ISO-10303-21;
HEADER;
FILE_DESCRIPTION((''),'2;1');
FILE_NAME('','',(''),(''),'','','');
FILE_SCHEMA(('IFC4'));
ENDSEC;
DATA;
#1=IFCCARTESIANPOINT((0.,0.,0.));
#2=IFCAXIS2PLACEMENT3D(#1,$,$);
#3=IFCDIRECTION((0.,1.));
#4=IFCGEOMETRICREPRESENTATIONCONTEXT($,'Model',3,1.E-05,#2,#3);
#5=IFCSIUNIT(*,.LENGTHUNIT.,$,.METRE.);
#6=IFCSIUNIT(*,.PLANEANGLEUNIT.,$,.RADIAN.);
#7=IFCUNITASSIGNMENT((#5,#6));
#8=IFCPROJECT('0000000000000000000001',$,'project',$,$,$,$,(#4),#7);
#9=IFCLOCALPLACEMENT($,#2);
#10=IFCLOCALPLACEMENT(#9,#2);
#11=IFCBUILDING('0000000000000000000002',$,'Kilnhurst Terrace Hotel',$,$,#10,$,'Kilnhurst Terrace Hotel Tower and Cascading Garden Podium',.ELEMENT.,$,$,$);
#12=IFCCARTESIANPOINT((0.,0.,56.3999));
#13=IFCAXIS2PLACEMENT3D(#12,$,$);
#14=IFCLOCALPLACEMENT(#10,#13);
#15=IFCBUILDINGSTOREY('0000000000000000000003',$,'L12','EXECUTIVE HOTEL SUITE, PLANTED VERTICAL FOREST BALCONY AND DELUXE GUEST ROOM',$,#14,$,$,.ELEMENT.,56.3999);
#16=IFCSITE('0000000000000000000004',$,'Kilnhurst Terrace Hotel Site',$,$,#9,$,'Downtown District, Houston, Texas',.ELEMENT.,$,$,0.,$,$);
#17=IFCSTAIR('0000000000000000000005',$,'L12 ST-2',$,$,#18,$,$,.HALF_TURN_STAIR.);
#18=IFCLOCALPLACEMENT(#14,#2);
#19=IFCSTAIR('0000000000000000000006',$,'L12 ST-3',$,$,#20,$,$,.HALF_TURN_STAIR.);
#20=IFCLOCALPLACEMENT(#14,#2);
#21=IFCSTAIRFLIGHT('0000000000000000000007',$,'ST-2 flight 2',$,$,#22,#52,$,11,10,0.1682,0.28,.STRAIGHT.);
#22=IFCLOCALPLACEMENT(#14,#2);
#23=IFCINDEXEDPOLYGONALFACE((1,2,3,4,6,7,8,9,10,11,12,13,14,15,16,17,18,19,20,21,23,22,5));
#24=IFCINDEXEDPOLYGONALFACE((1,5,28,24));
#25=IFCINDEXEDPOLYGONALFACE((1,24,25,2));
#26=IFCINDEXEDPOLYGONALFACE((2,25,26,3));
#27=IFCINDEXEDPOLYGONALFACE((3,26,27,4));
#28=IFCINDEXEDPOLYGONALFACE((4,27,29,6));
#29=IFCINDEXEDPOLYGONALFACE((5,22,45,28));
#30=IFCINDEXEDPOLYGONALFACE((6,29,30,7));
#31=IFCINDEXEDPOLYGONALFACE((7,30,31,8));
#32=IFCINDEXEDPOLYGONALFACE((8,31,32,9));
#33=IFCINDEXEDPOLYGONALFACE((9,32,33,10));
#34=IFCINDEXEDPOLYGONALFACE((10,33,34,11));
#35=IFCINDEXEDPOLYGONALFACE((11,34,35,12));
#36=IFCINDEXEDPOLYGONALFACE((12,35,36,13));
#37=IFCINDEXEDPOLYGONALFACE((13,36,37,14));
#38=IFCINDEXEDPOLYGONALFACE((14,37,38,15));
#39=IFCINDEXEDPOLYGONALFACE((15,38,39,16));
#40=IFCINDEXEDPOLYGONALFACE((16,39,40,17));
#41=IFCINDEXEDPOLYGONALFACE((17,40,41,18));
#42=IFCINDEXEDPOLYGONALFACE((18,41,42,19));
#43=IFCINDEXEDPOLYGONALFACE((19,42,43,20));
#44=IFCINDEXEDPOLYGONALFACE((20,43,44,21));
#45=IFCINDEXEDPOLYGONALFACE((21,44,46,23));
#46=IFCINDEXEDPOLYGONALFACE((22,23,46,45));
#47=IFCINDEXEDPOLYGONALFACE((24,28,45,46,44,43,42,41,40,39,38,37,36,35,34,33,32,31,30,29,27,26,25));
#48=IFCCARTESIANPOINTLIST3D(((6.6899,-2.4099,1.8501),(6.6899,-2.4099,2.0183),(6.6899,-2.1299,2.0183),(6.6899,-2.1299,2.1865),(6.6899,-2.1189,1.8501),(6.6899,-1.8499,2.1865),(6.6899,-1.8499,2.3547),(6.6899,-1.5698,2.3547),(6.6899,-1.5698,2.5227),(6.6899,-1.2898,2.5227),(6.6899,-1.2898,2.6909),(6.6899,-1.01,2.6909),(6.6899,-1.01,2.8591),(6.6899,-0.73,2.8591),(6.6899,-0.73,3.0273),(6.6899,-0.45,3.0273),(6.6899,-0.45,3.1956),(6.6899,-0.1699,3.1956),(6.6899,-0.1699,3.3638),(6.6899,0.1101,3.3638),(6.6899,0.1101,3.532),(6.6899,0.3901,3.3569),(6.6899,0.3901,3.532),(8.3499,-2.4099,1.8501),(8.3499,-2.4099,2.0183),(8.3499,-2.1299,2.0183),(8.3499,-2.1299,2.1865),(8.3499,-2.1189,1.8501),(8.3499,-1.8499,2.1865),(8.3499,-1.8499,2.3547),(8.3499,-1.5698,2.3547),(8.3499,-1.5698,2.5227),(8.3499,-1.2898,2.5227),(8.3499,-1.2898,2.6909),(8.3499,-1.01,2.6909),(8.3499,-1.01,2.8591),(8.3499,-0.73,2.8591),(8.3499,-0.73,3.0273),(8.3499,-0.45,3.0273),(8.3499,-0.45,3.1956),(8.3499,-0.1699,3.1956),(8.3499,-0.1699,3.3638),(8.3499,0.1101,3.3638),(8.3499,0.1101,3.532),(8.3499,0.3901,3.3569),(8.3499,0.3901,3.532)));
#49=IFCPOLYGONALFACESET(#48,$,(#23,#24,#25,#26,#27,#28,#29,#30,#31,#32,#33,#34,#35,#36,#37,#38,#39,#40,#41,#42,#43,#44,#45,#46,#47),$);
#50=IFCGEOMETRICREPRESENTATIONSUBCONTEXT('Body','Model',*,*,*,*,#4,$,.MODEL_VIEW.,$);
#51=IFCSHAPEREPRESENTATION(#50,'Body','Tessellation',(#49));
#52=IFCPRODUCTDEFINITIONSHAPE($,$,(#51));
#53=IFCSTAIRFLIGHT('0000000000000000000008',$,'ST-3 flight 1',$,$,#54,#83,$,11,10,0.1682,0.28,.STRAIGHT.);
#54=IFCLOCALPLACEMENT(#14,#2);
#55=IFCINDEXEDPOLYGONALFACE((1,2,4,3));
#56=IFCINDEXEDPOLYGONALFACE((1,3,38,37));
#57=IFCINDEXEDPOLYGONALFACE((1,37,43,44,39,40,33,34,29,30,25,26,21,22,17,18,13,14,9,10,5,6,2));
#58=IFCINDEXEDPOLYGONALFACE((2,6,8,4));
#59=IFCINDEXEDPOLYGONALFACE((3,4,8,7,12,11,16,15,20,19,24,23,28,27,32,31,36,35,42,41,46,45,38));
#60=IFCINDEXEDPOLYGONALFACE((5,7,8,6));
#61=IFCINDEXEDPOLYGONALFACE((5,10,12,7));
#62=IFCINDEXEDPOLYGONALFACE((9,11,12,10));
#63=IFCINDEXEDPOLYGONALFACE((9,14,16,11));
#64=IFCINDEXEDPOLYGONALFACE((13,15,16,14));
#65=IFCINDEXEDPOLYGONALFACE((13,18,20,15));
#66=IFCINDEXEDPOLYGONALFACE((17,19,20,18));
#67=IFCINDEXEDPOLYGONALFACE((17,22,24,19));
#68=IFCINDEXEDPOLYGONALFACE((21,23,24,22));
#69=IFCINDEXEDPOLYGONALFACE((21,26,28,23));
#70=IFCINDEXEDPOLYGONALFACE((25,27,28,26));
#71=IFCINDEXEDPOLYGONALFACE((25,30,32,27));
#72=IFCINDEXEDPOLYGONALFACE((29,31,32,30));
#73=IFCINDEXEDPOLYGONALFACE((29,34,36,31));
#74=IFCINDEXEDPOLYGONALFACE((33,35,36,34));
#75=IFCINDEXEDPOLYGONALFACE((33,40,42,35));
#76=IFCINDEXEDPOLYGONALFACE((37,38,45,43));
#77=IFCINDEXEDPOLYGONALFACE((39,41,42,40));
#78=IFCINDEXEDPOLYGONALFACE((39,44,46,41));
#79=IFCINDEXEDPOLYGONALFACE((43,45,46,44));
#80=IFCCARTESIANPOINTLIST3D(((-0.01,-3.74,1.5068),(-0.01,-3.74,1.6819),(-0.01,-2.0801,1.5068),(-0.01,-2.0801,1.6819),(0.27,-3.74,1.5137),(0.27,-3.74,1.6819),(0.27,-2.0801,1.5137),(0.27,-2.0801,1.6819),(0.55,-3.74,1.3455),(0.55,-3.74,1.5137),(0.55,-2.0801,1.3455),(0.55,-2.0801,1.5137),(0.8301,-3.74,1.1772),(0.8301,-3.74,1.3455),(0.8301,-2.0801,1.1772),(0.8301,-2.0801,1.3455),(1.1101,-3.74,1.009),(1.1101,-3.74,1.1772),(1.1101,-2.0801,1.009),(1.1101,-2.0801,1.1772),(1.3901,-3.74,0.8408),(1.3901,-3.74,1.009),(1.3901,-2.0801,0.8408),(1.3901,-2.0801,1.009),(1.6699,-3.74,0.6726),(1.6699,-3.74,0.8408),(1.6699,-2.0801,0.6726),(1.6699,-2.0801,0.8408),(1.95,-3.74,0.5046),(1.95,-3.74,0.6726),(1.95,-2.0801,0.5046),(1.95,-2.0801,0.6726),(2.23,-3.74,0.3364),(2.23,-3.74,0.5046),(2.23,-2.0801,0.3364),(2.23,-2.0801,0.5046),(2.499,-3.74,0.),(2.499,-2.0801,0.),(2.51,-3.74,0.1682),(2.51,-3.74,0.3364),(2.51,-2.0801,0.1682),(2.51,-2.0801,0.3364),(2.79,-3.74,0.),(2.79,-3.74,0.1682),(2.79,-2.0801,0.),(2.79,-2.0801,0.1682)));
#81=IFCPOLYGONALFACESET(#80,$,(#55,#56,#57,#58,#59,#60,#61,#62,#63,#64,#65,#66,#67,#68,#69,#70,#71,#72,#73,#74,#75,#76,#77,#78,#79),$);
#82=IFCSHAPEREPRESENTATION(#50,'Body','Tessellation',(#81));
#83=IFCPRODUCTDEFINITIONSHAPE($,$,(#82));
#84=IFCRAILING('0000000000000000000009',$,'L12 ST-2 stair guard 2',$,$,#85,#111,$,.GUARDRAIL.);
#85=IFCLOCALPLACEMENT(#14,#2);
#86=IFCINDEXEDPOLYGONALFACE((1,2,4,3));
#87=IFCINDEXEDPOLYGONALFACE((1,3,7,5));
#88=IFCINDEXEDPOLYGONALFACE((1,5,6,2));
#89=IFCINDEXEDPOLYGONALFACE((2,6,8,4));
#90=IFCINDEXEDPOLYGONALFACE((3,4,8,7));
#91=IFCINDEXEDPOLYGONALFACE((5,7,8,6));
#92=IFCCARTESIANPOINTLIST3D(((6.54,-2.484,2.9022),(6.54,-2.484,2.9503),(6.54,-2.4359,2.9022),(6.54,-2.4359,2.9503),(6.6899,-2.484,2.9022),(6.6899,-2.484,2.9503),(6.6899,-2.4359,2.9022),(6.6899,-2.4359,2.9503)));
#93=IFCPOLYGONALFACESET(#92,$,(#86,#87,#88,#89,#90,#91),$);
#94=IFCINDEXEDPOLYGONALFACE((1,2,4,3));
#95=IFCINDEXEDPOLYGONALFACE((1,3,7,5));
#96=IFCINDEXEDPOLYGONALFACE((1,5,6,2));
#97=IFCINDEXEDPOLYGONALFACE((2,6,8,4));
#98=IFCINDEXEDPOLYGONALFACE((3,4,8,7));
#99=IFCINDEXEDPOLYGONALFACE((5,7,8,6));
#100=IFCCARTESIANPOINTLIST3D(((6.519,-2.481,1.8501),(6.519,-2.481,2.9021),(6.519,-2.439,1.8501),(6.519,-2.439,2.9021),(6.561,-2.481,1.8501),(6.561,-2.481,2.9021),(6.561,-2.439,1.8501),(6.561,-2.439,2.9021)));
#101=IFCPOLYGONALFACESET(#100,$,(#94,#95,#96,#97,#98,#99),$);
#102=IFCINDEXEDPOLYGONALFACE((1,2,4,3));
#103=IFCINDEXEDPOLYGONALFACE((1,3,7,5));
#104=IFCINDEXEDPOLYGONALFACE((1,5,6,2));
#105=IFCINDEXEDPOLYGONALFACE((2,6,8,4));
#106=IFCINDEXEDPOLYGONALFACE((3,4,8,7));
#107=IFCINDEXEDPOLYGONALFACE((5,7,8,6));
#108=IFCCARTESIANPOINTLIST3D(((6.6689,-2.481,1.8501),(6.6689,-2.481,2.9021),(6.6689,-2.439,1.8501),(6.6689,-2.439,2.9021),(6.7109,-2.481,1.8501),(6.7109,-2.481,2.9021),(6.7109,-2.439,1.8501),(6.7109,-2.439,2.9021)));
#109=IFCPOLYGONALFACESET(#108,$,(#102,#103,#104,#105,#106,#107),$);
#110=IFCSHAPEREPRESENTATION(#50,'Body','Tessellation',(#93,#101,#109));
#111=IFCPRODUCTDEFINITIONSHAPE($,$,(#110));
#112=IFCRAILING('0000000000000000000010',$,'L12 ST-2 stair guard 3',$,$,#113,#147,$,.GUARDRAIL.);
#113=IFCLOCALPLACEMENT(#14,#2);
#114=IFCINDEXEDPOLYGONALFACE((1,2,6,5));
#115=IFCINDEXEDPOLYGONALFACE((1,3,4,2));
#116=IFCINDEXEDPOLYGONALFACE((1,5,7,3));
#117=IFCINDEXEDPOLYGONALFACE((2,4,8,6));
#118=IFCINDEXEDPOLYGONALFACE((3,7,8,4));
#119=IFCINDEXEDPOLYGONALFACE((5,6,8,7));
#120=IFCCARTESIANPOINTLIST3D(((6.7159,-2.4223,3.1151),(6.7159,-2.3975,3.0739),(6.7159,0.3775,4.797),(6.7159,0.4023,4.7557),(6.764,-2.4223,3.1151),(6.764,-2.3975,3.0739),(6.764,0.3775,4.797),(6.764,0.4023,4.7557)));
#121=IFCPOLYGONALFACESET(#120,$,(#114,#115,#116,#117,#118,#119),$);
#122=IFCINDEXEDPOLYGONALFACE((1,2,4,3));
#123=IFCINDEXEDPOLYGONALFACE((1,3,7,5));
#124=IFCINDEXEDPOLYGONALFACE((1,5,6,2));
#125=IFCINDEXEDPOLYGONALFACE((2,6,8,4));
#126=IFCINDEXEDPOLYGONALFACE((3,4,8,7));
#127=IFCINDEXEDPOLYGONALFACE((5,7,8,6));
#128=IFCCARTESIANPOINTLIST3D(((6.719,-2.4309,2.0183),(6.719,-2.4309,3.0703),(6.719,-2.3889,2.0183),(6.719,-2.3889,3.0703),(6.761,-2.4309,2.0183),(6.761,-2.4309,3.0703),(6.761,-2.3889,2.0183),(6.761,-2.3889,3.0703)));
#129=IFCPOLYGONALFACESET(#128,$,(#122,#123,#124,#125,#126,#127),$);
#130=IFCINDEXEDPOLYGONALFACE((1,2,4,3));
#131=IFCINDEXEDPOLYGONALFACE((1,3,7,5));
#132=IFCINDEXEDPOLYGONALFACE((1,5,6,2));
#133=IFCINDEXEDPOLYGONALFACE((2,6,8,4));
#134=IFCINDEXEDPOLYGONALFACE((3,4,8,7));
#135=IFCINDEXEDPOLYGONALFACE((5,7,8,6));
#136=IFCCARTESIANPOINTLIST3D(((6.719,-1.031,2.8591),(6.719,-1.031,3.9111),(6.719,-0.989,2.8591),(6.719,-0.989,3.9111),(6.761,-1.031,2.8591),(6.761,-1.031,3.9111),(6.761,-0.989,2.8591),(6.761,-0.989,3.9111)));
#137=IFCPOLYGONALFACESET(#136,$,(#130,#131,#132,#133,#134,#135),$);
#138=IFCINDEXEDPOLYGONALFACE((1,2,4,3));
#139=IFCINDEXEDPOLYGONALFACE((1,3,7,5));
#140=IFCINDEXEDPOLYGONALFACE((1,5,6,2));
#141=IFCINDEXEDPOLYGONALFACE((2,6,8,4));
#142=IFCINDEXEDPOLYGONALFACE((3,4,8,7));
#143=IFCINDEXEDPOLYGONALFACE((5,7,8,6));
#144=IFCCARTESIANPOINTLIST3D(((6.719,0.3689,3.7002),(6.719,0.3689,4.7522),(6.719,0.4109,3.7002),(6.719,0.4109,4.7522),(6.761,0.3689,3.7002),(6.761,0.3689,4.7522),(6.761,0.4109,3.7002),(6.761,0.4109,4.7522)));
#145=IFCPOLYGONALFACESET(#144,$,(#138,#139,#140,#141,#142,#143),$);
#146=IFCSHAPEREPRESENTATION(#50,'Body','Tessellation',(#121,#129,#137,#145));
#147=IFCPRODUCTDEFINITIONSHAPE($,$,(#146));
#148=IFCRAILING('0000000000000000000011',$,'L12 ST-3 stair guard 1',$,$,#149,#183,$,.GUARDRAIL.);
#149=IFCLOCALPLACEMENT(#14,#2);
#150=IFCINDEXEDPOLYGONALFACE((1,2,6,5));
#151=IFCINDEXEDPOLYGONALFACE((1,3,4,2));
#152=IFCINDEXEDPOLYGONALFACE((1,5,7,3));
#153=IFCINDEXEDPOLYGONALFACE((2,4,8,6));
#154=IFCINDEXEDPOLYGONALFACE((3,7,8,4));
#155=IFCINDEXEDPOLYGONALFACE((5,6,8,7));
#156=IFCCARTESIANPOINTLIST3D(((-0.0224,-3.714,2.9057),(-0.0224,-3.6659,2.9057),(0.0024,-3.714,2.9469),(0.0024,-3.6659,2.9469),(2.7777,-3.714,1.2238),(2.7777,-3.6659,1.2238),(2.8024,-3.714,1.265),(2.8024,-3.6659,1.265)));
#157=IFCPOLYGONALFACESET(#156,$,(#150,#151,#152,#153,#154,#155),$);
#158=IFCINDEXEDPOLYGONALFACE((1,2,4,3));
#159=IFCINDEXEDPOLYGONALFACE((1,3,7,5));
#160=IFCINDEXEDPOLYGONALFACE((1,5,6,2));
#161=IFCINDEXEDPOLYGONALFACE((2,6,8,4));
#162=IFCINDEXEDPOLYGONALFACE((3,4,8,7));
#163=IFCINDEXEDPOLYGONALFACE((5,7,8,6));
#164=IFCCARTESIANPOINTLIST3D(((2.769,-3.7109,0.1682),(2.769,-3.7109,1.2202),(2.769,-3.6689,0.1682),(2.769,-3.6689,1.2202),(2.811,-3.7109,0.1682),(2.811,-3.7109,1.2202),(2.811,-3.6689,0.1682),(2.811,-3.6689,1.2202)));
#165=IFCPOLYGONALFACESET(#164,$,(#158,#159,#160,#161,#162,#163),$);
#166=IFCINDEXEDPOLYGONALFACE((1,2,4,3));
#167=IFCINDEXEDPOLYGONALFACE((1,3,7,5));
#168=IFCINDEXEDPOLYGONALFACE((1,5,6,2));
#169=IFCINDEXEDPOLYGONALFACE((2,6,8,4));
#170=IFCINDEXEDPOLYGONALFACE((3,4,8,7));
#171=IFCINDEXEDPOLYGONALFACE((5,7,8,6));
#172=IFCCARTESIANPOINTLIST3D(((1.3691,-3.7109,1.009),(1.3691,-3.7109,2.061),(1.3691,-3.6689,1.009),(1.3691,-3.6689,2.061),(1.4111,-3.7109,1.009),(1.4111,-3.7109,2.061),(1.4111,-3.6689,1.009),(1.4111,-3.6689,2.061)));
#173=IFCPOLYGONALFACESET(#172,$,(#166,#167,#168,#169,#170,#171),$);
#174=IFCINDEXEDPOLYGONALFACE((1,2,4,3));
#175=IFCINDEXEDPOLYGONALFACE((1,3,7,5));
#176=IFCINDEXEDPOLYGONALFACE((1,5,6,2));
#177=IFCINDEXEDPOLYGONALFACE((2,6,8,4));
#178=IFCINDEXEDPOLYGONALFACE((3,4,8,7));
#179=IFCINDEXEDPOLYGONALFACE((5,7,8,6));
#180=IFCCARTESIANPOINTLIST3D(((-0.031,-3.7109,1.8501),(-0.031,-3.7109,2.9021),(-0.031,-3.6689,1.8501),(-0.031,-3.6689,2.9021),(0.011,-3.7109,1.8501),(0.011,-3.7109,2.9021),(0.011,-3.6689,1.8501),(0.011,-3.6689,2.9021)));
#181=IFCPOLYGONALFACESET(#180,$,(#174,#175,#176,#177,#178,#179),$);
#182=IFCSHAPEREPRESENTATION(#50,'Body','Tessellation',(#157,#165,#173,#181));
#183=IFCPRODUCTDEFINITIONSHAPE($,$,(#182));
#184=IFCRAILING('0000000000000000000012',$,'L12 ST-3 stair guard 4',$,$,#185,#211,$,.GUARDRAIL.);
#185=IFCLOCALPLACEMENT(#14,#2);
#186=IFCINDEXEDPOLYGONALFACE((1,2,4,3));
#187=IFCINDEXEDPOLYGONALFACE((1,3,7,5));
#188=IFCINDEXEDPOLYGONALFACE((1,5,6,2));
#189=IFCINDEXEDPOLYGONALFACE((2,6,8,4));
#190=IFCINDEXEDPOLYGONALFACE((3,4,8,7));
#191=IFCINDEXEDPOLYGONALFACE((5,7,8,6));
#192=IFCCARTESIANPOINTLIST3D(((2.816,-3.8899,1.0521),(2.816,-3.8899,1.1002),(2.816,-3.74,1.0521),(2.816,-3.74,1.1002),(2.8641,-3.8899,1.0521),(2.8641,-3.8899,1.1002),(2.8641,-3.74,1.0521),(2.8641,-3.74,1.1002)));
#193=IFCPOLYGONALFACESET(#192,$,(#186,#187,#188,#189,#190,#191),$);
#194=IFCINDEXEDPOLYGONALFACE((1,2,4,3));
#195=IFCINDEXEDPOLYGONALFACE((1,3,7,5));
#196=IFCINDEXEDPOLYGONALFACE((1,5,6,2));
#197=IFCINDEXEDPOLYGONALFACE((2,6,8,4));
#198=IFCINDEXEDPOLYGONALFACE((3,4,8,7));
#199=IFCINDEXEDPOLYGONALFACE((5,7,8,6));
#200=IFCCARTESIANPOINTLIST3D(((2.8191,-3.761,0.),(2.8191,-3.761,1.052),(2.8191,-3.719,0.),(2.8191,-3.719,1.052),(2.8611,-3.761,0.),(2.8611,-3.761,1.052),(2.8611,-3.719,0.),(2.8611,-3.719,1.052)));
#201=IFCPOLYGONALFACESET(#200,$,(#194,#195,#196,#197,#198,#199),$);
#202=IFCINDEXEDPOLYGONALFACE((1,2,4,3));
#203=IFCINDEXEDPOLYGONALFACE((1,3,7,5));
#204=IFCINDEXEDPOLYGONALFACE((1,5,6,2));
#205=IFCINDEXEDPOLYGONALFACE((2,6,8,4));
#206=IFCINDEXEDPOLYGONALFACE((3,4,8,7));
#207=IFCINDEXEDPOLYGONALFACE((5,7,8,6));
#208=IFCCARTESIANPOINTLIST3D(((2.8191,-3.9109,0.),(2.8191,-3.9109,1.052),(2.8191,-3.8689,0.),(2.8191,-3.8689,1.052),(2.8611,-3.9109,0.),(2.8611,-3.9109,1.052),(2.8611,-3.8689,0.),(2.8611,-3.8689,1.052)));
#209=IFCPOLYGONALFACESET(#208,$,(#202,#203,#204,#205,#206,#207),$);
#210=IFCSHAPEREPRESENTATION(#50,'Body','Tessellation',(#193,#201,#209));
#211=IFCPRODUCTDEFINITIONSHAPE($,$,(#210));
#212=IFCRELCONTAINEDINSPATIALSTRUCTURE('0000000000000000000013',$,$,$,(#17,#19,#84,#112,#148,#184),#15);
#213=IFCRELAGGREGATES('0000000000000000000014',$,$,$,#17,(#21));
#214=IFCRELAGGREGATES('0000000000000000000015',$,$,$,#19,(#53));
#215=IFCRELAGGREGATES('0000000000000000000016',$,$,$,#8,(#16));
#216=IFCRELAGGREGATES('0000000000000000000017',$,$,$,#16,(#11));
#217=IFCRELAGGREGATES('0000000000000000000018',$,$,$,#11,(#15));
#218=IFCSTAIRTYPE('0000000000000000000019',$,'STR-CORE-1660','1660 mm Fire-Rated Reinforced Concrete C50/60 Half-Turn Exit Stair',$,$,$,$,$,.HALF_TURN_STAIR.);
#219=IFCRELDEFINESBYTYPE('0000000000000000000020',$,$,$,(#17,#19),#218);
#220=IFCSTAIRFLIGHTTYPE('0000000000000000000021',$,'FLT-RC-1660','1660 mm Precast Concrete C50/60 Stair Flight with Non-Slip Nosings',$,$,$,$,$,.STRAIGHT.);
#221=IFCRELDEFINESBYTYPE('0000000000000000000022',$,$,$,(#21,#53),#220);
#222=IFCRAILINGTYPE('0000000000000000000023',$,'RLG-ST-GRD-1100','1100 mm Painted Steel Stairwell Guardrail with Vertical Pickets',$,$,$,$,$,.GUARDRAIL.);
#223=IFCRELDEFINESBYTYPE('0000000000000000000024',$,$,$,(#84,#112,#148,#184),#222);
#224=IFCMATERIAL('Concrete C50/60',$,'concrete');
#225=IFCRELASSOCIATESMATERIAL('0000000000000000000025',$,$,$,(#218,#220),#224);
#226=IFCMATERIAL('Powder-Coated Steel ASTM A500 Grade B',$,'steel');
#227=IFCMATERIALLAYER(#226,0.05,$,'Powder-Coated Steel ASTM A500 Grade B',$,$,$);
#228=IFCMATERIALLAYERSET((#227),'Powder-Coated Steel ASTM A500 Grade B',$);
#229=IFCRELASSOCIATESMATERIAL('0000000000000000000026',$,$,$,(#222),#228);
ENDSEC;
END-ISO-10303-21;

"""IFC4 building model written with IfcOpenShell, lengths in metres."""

from ifc_helpers import new_model, si_unit, direction, frame, origin, origin_2d, place, context, subcontext, project, spatial, polyline, rectangle, outline, extrude, material, layer, layer_set, type_object, element, aggregate, save


model = new_model("IFC4")

# Units and contexts
model_context = context("Model", 3, precision=1e-05, world=origin(), true_north=direction((0.0, 1.0)))
body_context = subcontext(model_context, "Body", "Model", "MODEL_VIEW")
ifc_project = project(units=[si_unit("LENGTHUNIT", "METRE"), si_unit("PLANEANGLEUNIT", "RADIAN")], contexts=[model_context])

# Site, building, storey
site_placement = place(None, origin())
site = spatial("IfcSite", under=ifc_project, at=site_placement, Name="Kilnhurst Terrace Hotel Site", LongName="Downtown District, Houston, Texas", CompositionType="ELEMENT", RefElevation=0.0)
building_placement = place(site_placement, origin())
building = spatial("IfcBuilding", under=site, at=building_placement, Name="Kilnhurst Terrace Hotel", LongName="Kilnhurst Terrace Hotel Tower and Cascading Garden Podium", CompositionType="ELEMENT")
storey_placement = place(building_placement, frame((0.0, 0.0, 56.3999)))
storey = spatial("IfcBuildingStorey", under=building, at=storey_placement, Name="L12", Description="EXECUTIVE HOTEL SUITE, PLANTED VERTICAL FOREST BALCONY AND DELUXE GUEST ROOM", CompositionType="ELEMENT", Elevation=56.3999)

# Shared definitions
ifc_material_1 = material(Name="Concrete C50/60", Category="concrete")

# Stairs
stair_type = type_object("IfcStairType", Name="STR-CORE-1660", Description="1660 mm Fire-Rated Reinforced Concrete C50/60 Half-Turn Exit Stair", PredefinedType="HALF_TURN_STAIR", material=ifc_material_1)
stair_1_placement = place(storey_placement, origin())
stair_1 = element("IfcStair", 1, at=stair_1_placement, inside=storey, type_object=stair_type, Name="L12 ST-2", PredefinedType="HALF_TURN_STAIR")
stair_2_placement = place(storey_placement, origin())
stair_2 = element("IfcStair", 2, at=stair_2_placement, inside=storey, type_object=stair_type, Name="L12 ST-3", PredefinedType="HALF_TURN_STAIR")

# Stair flights
stair_flight_type = type_object("IfcStairFlightType", Name="FLT-RC-1660", Description="1660 mm Precast Concrete C50/60 Stair Flight with Non-Slip Nosings", PredefinedType="STRAIGHT", material=ifc_material_1)
stair_flight_1_placement = place(storey_placement, frame((7.52, -2.4099, 1.8501), z_axis=(0.0, 0.0, 1.0), x_axis=(0.0, 1.0, 0.0)))
stair_flight_1 = element("IfcStairFlight", 3, at=stair_flight_1_placement, type_object=stair_flight_type, Name="ST-2 flight 2", NumberOfRisers=11, NumberOfTreads=10, PredefinedType="STRAIGHT", RiserHeight=0.1682, TreadLength=0.28, context=body_context, shape_type="SweptSolid", body=[
    extrude(outline(polyline([(0.0, 0.0), (0.0, 0.1682), (0.28, 0.1682), (0.28, 0.3364), (0.5601, 0.3364), (0.5601, 0.5046), (0.8401, 0.5046), (0.8401, 0.6726), (1.1201, 0.6726), (1.1201, 0.8408), (1.3999, 0.8408), (1.3999, 1.009), (1.6799, 1.009), (1.6799, 1.1772), (1.96, 1.1772), (1.96, 1.3455), (2.24, 1.3455), (2.24, 1.5137), (2.52, 1.5137), (2.52, 1.6819), (2.8, 1.6819), (2.8, 1.8501), (2.8, 1.5068), (0.291, 0.0), (0.0, 0.0)])), frame((0.0, 0.8301, 0.0), z_axis=(0.0, -1.0, 0.0), x_axis=(1.0, 0.0, 0.0)), (0.0, 0.0, 1.0), 1.6599),
])
aggregate(stair_1, [stair_flight_1])
stair_flight_2_placement = place(storey_placement, frame((2.79, -2.9099, 0.0), z_axis=(0.0, 0.0, 1.0), x_axis=(-1.0, 0.0, 0.0)))
stair_flight_2 = element("IfcStairFlight", 4, at=stair_flight_2_placement, type_object=stair_flight_type, Name="ST-3 flight 1", NumberOfRisers=11, NumberOfTreads=10, PredefinedType="STRAIGHT", RiserHeight=0.1682, TreadLength=0.28, context=body_context, shape_type="SweptSolid", body=[
    extrude(outline(polyline([(0.0, 0.0), (0.0, 0.1682), (0.28, 0.1682), (0.28, 0.3364), (0.5601, 0.3364), (0.5601, 0.5046), (0.8401, 0.5046), (0.8401, 0.6726), (1.1201, 0.6726), (1.1201, 0.8408), (1.3999, 0.8408), (1.3999, 1.009), (1.6799, 1.009), (1.6799, 1.1772), (1.96, 1.1772), (1.96, 1.3455), (2.24, 1.3455), (2.24, 1.5137), (2.52, 1.5137), (2.52, 1.6819), (2.8, 1.6819), (2.8, 1.8501), (2.8, 1.5068), (0.291, 0.0), (0.0, 0.0)])), frame((0.0, 0.8301, 0.0), z_axis=(0.0, -1.0, 0.0), x_axis=(1.0, 0.0, 0.0)), (0.0, 0.0, 1.0), 1.6599),
])
aggregate(stair_2, [stair_flight_2])

# Railings
ifc_material_2 = material(Name="Powder-Coated Steel ASTM A500 Grade B", Category="steel")
ifc_layer_1 = layer(ifc_material_2, 0.05, Name="Powder-Coated Steel ASTM A500 Grade B")
ifc_layer_set_1 = layer_set([ifc_layer_1], Name="Powder-Coated Steel ASTM A500 Grade B")
railing_type_1 = type_object("IfcRailingType", Name="RLG-ST-GRD-1100", Description="1100 mm Painted Steel Stairwell Guardrail with Vertical Pickets", PredefinedType="GUARDRAIL", material=ifc_layer_set_1)
railing_1_placement = place(storey_placement, frame((6.54, -2.46, 1.8501)))
element("IfcRailing", 5, at=railing_1_placement, inside=storey, type_object=railing_type_1, Name="L12 ST-2 stair guard 2", PredefinedType="GUARDRAIL", context=body_context, shape_type="SweptSolid", body=[
    extrude(rectangle(XDim=0.0481, YDim=0.0481, at=origin_2d()), frame((0.0, 0.0, 1.0762), z_axis=(1.0, 0.0, 0.0), x_axis=(0.0, 1.0, 0.0)), (0.0, 0.0, 1.0), 0.1499),
    extrude(rectangle(XDim=0.042, YDim=0.042, at=origin_2d()), origin(), (0.0, 0.0, 1.0), 1.052),
    extrude(rectangle(XDim=0.042, YDim=0.042, at=origin_2d()), frame((0.1499, 0.0, 0.0)), (0.0, 0.0, 1.0), 1.052),
])
railing_2_placement = place(storey_placement, frame((6.74, -2.4099, 2.0183)))
element("IfcRailing", 6, at=railing_2_placement, inside=storey, type_object=railing_type_1, Name="L12 ST-2 stair guard 3", PredefinedType="GUARDRAIL", context=body_context, shape_type="SweptSolid", body=[
    extrude(rectangle(XDim=0.0481, YDim=0.0481, at=origin_2d()), frame((0.0, 0.0, 1.0762), z_axis=(0.0, 0.857222, 0.514946), x_axis=(-1.0, 0.0, 0.0)), (0.0, 0.0, 1.0), 3.2661),
    extrude(rectangle(XDim=0.042, YDim=0.042, at=origin_2d()), origin(), (0.0, 0.0, 1.0), 1.052),
    extrude(rectangle(XDim=0.042, YDim=0.042, at=origin_2d()), frame((0.0, 1.3999, 0.8408)), (0.0, 0.0, 1.0), 1.052),
    extrude(rectangle(XDim=0.042, YDim=0.042, at=origin_2d()), frame((0.0, 2.7998, 1.6819)), (0.0, 0.0, 1.0), 1.052),
])
railing_3_placement = place(storey_placement, frame((2.79, -3.6899, 0.1682)))
element("IfcRailing", 7, at=railing_3_placement, inside=storey, type_object=railing_type_1, Name="L12 ST-3 stair guard 1", PredefinedType="GUARDRAIL", context=body_context, shape_type="SweptSolid", body=[
    extrude(rectangle(XDim=0.0481, YDim=0.0481, at=origin_2d()), frame((0.0, 0.0, 1.0762), z_axis=(-0.857242, 0.0, 0.514913), x_axis=(0.0, -1.0, 0.0)), (0.0, 0.0, 1.0), 3.2664),
    extrude(rectangle(XDim=0.042, YDim=0.042, at=origin_2d()), origin(), (0.0, 0.0, 1.0), 1.052),
    extrude(rectangle(XDim=0.042, YDim=0.042, at=origin_2d()), frame((-1.3999, 0.0, 0.8408)), (0.0, 0.0, 1.0), 1.052),
    extrude(rectangle(XDim=0.042, YDim=0.042, at=origin_2d()), frame((-2.8, 0.0, 1.6819)), (0.0, 0.0, 1.0), 1.052),
])
railing_4_placement = place(storey_placement, frame((2.8401, -3.74, 0.0)))
element("IfcRailing", 8, at=railing_4_placement, inside=storey, type_object=railing_type_1, Name="L12 ST-3 stair guard 4", PredefinedType="GUARDRAIL", context=body_context, shape_type="SweptSolid", body=[
    extrude(rectangle(XDim=0.0481, YDim=0.0481, at=origin_2d()), frame((0.0, 0.0, 1.0762), z_axis=(0.0, -1.0, 0.0), x_axis=(1.0, 0.0, 0.0)), (0.0, 0.0, 1.0), 0.1499),
    extrude(rectangle(XDim=0.042, YDim=0.042, at=origin_2d()), origin(), (0.0, 0.0, 1.0), 1.052),
    extrude(rectangle(XDim=0.042, YDim=0.042, at=origin_2d()), frame((0.0, -0.1499, 0.0)), (0.0, 0.0, 1.0), 1.052),
])

save(model, "model.ifc")
